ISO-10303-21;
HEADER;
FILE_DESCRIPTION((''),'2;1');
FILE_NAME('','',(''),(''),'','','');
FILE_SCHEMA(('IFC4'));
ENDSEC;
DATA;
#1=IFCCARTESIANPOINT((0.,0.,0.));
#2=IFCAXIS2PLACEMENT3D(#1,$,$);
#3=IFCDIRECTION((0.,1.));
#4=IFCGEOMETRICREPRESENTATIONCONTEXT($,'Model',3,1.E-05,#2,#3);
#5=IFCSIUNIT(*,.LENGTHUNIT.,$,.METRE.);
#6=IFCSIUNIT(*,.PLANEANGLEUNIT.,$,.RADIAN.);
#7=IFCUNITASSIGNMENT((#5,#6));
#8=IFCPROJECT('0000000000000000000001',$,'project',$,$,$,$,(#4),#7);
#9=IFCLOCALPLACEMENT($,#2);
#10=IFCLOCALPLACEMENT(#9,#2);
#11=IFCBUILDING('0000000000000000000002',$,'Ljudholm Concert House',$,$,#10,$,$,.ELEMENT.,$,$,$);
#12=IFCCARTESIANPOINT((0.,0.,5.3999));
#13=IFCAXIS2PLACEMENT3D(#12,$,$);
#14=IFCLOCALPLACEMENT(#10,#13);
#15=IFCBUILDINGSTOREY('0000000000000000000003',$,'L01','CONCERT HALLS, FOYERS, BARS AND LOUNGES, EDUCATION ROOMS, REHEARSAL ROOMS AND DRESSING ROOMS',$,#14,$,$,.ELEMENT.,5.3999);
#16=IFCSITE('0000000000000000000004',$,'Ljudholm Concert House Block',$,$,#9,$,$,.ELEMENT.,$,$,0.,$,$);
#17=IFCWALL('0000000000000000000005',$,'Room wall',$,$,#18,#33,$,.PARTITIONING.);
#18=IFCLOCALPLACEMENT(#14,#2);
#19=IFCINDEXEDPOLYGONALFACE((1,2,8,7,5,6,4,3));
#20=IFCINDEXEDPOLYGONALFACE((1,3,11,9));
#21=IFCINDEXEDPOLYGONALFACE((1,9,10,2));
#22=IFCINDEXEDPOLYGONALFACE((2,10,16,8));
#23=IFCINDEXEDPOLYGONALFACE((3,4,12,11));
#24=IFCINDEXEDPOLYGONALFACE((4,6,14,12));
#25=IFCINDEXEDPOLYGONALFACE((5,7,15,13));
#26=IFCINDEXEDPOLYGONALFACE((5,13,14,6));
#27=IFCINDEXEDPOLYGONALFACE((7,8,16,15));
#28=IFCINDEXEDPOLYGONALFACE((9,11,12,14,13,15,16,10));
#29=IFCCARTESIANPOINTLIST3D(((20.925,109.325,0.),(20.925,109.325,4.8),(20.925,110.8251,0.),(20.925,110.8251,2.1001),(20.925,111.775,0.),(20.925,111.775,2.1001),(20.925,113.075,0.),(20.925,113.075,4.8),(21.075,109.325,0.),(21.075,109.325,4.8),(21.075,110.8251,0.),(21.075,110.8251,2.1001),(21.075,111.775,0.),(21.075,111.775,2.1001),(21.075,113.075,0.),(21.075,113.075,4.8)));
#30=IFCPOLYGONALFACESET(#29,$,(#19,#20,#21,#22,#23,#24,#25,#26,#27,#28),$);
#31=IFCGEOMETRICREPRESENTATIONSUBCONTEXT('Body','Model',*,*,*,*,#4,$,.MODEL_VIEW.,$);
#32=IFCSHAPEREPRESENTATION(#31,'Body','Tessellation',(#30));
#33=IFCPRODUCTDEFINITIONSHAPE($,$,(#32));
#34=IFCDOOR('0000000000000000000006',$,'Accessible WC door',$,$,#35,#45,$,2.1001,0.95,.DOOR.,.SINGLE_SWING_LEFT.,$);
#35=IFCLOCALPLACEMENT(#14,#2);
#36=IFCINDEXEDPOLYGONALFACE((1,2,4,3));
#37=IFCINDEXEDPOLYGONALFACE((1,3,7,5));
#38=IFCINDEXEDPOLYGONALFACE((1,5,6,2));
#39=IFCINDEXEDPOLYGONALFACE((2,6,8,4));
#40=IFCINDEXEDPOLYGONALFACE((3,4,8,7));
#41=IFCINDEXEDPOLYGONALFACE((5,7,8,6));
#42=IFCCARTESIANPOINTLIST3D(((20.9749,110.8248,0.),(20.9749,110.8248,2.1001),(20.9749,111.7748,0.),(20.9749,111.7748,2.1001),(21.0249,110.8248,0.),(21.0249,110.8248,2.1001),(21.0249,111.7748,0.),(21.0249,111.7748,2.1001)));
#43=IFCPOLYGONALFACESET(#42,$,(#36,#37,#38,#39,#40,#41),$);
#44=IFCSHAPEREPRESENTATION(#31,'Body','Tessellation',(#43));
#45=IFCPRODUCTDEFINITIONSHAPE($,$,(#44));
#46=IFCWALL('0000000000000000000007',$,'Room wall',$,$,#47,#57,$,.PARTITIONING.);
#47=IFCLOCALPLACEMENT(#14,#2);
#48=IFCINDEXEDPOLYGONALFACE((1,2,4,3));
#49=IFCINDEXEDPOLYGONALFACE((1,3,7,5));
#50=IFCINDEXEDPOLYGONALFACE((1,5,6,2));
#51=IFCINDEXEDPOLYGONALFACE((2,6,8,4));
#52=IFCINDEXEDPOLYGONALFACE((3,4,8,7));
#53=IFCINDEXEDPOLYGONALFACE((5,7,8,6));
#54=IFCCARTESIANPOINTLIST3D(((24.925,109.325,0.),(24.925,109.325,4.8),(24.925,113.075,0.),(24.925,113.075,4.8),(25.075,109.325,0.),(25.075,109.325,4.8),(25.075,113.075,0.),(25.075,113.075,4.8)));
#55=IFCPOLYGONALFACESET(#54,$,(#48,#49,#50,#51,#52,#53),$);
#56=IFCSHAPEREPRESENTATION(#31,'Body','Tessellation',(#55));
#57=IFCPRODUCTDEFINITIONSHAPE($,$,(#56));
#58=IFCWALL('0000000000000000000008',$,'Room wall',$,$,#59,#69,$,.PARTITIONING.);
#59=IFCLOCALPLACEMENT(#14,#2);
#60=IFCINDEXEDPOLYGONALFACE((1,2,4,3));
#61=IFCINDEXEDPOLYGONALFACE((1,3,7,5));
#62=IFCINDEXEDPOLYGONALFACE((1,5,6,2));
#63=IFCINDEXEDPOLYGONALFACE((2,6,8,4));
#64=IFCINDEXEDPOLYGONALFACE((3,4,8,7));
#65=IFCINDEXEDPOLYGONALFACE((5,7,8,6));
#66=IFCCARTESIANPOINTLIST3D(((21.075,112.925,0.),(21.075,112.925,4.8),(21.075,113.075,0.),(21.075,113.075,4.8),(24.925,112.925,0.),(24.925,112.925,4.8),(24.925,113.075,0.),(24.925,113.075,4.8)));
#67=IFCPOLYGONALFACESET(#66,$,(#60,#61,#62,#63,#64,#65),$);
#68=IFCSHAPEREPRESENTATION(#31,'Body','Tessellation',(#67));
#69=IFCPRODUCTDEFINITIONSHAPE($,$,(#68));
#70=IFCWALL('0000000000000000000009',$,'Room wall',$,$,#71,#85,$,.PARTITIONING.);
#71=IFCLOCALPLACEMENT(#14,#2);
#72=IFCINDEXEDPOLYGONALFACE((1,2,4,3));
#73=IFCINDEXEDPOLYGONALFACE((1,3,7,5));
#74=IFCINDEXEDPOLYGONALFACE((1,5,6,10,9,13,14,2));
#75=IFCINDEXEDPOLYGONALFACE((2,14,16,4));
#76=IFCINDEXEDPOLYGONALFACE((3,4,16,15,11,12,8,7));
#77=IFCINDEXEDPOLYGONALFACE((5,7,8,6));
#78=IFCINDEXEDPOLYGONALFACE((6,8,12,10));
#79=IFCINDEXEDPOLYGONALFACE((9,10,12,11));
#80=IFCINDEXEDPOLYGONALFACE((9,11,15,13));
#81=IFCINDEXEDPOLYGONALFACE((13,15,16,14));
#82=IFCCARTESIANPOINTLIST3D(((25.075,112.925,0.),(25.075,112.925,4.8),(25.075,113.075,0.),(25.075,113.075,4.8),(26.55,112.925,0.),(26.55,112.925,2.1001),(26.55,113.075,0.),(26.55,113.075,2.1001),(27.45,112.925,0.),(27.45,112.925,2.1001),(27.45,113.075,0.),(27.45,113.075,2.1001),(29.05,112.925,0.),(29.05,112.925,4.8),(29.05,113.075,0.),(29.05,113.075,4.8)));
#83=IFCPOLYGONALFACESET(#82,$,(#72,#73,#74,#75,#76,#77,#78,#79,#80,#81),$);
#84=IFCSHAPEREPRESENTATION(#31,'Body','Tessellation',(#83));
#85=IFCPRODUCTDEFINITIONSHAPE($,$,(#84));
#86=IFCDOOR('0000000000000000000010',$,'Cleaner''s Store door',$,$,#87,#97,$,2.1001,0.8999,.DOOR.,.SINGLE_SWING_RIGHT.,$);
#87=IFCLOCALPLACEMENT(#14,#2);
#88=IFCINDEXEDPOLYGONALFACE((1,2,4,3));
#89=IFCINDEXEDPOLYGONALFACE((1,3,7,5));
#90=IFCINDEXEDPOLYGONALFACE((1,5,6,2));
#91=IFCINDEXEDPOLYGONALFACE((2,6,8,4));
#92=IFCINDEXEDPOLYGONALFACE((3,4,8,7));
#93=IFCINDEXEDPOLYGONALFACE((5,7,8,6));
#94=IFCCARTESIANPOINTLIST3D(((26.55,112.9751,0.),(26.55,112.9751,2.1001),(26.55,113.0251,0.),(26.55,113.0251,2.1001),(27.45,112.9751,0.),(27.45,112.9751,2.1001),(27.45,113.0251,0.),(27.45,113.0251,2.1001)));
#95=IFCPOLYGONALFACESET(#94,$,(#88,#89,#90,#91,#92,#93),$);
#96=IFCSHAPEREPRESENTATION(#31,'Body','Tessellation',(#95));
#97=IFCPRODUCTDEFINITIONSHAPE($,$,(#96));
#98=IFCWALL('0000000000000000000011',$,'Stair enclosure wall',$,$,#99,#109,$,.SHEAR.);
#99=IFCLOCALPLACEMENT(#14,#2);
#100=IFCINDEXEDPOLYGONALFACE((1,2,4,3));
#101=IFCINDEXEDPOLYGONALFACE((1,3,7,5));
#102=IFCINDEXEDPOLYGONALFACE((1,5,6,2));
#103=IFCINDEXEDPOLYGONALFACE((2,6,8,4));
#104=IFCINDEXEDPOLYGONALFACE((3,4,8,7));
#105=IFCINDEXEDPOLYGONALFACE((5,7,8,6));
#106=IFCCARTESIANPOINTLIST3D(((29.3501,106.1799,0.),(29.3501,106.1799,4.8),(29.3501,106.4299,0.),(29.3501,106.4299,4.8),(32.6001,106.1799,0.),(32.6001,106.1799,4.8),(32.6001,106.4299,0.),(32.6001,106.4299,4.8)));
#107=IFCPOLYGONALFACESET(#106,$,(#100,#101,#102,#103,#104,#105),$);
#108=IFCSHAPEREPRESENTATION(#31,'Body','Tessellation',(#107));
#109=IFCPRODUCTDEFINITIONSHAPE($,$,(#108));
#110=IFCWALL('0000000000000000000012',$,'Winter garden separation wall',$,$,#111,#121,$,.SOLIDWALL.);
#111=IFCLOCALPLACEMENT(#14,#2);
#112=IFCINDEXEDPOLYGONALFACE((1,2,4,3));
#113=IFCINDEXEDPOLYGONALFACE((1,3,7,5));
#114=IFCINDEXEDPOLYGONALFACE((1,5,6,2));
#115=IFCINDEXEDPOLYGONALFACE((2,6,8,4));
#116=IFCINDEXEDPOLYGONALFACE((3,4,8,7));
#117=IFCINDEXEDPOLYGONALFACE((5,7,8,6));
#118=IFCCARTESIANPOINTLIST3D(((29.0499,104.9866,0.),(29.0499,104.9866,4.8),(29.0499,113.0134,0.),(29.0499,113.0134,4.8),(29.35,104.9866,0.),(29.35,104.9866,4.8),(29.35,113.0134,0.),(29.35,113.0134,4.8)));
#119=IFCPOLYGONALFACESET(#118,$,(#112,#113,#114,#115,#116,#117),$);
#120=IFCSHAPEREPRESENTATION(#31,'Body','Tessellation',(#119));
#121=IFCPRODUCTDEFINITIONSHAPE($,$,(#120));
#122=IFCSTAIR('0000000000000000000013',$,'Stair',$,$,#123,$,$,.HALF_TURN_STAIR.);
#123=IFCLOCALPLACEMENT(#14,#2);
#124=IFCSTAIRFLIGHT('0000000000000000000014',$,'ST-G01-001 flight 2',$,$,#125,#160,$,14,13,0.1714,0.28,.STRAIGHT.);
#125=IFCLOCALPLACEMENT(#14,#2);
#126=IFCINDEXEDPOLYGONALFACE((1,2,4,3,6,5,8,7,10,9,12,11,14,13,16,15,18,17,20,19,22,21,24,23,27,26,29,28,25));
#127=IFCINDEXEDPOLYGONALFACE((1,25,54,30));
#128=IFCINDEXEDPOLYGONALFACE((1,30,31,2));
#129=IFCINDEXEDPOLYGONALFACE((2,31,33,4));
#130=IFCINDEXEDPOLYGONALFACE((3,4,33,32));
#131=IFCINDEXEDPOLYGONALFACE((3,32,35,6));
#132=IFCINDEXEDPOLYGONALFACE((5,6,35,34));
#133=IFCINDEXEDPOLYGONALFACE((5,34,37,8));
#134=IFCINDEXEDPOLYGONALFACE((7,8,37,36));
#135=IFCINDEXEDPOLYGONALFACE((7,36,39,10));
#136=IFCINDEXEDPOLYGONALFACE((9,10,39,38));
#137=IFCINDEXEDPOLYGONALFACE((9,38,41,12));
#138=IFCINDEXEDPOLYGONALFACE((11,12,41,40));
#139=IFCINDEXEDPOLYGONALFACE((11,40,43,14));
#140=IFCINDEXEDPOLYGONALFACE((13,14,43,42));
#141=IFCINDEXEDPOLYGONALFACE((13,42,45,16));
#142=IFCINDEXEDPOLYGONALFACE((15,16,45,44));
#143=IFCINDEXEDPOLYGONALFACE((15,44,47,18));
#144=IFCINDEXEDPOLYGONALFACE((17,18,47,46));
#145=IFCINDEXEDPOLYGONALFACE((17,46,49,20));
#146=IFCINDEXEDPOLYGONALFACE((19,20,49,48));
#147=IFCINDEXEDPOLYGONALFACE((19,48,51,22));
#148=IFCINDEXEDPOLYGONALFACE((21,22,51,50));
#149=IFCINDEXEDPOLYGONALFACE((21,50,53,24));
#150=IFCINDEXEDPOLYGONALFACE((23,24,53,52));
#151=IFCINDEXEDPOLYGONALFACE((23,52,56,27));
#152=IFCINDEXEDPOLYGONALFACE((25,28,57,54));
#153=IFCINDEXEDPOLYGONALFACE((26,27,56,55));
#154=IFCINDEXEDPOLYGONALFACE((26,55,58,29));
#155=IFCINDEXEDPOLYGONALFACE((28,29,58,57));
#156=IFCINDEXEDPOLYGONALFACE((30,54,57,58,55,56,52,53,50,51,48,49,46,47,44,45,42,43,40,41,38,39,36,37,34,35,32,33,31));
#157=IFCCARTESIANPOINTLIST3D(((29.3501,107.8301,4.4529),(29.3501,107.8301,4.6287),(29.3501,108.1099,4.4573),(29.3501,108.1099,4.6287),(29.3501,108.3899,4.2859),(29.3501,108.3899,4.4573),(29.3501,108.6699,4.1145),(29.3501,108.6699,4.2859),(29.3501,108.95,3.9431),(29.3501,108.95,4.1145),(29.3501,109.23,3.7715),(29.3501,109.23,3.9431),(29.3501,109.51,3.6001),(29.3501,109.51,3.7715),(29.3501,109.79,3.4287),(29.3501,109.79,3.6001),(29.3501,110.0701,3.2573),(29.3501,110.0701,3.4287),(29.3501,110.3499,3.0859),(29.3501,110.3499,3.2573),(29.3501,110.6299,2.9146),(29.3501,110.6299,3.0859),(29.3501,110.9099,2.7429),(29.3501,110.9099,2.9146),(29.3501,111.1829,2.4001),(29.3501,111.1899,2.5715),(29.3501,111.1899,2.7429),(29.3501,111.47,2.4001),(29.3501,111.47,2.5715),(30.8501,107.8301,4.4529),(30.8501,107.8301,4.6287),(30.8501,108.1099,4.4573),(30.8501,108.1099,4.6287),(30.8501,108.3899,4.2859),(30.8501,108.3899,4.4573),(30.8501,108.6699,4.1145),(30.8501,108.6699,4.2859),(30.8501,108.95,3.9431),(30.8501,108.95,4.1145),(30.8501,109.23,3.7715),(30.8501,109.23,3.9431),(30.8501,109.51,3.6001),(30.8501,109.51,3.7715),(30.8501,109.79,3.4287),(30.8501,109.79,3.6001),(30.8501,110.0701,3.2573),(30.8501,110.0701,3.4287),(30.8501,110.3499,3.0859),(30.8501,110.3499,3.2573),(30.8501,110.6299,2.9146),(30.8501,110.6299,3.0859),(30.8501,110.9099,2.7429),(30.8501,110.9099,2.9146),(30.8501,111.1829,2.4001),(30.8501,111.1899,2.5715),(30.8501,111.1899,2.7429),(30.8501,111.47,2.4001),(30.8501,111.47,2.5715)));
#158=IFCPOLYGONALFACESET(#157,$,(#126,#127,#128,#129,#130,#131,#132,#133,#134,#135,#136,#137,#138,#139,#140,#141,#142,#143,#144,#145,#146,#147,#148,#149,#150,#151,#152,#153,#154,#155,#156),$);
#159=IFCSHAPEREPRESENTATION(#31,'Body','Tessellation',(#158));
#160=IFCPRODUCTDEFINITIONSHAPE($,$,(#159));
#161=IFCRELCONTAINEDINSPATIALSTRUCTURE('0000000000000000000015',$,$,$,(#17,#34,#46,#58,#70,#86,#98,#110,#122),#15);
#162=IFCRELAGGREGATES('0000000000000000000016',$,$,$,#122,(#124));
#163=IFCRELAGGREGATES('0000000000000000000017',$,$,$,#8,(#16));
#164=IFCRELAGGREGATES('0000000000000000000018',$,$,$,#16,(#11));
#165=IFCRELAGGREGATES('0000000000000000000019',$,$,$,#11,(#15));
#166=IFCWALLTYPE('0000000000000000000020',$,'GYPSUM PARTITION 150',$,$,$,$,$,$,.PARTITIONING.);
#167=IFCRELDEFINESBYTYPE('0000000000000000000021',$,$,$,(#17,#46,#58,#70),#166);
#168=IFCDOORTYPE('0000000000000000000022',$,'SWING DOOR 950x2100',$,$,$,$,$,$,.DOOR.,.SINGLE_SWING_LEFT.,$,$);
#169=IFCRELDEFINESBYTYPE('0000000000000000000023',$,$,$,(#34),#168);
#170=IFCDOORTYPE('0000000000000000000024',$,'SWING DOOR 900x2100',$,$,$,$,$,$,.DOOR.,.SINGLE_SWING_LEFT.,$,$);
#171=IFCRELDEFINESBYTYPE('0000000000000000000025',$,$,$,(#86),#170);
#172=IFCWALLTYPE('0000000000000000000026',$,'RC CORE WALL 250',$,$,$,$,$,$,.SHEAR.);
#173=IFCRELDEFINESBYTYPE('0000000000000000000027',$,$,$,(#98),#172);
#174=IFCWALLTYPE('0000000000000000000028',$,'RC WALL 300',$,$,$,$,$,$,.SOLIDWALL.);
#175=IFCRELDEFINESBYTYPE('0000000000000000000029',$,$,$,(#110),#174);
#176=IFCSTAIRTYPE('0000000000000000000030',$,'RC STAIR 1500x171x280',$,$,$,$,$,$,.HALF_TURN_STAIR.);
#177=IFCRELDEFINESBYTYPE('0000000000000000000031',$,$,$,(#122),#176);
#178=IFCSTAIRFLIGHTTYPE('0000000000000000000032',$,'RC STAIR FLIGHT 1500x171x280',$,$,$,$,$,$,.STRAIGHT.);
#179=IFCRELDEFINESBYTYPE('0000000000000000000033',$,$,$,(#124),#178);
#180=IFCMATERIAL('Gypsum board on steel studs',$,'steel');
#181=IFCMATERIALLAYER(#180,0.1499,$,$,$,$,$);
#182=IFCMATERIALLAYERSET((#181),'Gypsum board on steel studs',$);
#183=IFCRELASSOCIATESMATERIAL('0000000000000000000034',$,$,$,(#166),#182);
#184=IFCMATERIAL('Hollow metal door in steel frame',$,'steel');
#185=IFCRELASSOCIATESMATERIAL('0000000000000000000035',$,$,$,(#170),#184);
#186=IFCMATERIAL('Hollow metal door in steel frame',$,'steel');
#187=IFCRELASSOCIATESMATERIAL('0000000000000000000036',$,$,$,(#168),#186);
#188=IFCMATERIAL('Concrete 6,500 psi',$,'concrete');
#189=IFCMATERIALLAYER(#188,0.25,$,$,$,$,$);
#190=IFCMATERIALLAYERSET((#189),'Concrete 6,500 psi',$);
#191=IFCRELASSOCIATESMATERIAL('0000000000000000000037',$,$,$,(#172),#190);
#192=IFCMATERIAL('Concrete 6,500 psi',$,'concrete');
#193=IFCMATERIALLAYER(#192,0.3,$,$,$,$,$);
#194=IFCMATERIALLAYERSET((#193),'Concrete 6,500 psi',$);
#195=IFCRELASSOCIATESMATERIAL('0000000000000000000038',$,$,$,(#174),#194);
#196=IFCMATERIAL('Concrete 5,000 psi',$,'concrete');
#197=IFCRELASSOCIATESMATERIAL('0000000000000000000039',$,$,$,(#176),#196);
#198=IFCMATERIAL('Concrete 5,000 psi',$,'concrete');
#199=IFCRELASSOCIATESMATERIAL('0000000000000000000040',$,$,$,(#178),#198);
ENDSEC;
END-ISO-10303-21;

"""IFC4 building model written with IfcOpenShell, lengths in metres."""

from ifc_helpers import new_model, si_unit, direction, frame, frame_2d, origin, place, context, subcontext, project, spatial, polyline, rectangle, outline, extrude, material, layer, layer_set, type_object, element, fill, aggregate, save


model = new_model("IFC4")

# Units and contexts
model_context = context("Model", 3, precision=1e-05, world=origin(), true_north=direction((0.0, 1.0)))
body_context = subcontext(model_context, "Body", "Model", "MODEL_VIEW")
ifc_project = project(units=[si_unit("LENGTHUNIT", "METRE"), si_unit("PLANEANGLEUNIT", "RADIAN")], contexts=[model_context])

# Site, building, storey
site_placement = place(None, origin())
site = spatial("IfcSite", under=ifc_project, at=site_placement, Name="Ljudholm Concert House Block", CompositionType="ELEMENT", RefElevation=0.0)
building_placement = place(site_placement, origin())
building = spatial("IfcBuilding", under=site, at=building_placement, Name="Ljudholm Concert House", CompositionType="ELEMENT")
storey_placement = place(building_placement, frame((0.0, 0.0, 5.3999)))
storey = spatial("IfcBuildingStorey", under=building, at=storey_placement, Name="L01", Description="CONCERT HALLS, FOYERS, BARS AND LOUNGES, EDUCATION ROOMS, REHEARSAL ROOMS AND DRESSING ROOMS", CompositionType="ELEMENT", Elevation=5.3999)

# Shared definitions
ifc_material_1 = material(Name="Gypsum board on steel studs", Category="steel")
ifc_layer_1 = layer(ifc_material_1, 0.1499)
ifc_layer_set_1 = layer_set([ifc_layer_1], Name="Gypsum board on steel studs")
wall_type_1 = type_object("IfcWallType", Name="GYPSUM PARTITION 150", PredefinedType="PARTITIONING", material=ifc_layer_set_1)
ifc_material_2 = material(Name="Hollow metal door in steel frame", Category="steel")
door_type_1 = type_object("IfcDoorType", Name="SWING DOOR 900x2100", OperationType="SINGLE_SWING_LEFT", PredefinedType="DOOR", material=ifc_material_2)

# Wall, opening, door
wall_1_placement = place(storey_placement, frame((21.0, 109.325, 0.0), z_axis=(0.0, 0.0, 1.0), x_axis=(0.0, 1.0, 0.0)))
wall_1 = element("IfcWall", 1, at=wall_1_placement, inside=storey, type_object=wall_type_1, Name="Room wall", PredefinedType="PARTITIONING", context=body_context, shape_type="SweptSolid", body=[
    extrude(rectangle(XDim=3.75, YDim=0.1499, at=frame_2d((1.875, 0.0))), origin(), (0.0, 0.0, 1.0), 4.8),
])
opening_1_placement = place(wall_1_placement, frame((1.5, 0.0, 0.0)))
opening_1 = element("IfcOpeningElement", 2, at=opening_1_placement, cuts=wall_1, PredefinedType="OPENING", context=body_context, shape_type="SweptSolid", body=[
    extrude(rectangle(XDim=0.95, YDim=2.1001, at=frame_2d((0.4751, 1.05))), frame((0.0, 0.085, 0.0), z_axis=(0.0, -1.0, 0.0), x_axis=(1.0, 0.0, 0.0)), (0.0, 0.0, 1.0), 0.1699),
])
ifc_material_3 = material(Name="Hollow metal door in steel frame", Category="steel")
door_type_2 = type_object("IfcDoorType", Name="SWING DOOR 950x2100", OperationType="SINGLE_SWING_LEFT", PredefinedType="DOOR", material=ifc_material_3)
door_1_placement = place(opening_1_placement, frame((0.95, 0.0, 0.0), z_axis=(0.0, 0.0, 1.0), x_axis=(-1.0, 0.0, 0.0)))
door_1 = element("IfcDoor", 3, at=door_1_placement, inside=storey, type_object=door_type_2, Name="Accessible WC door", OperationType="SINGLE_SWING_LEFT", OverallHeight=2.1001, OverallWidth=0.95, PredefinedType="DOOR", context=body_context, shape_type="SweptSolid", body=[
    extrude(rectangle(XDim=0.95, YDim=2.1001, at=frame_2d((0.4751, 1.05))), frame((0.0, 0.0249, 0.0), z_axis=(0.0, -1.0, 0.0), x_axis=(1.0, 0.0, 0.0)), (0.0, 0.0, 1.0), 0.05),
])
fill(opening_1, door_1)

# Walls
wall_2_placement = place(storey_placement, frame((25.0, 109.325, 0.0), z_axis=(0.0, 0.0, 1.0), x_axis=(0.0, 1.0, 0.0)))
element("IfcWall", 4, at=wall_2_placement, inside=storey, type_object=wall_type_1, Name="Room wall", PredefinedType="PARTITIONING", context=body_context, shape_type="SweptSolid", body=[
    extrude(rectangle(XDim=3.75, YDim=0.1499, at=frame_2d((1.875, 0.0))), origin(), (0.0, 0.0, 1.0), 4.8),
])
wall_3_placement = place(storey_placement, frame((21.075, 113.0, 0.0), z_axis=(0.0, 0.0, 1.0), x_axis=(1.0, 0.0, 0.0)))
element("IfcWall", 5, at=wall_3_placement, inside=storey, type_object=wall_type_1, Name="Room wall", PredefinedType="PARTITIONING", context=body_context, shape_type="SweptSolid", body=[
    extrude(rectangle(XDim=3.8501, YDim=0.1499, at=frame_2d((1.925, 0.0))), origin(), (0.0, 0.0, 1.0), 4.8),
])

# Wall, opening, door
wall_4_placement = place(storey_placement, frame((25.075, 113.0, 0.0), z_axis=(0.0, 0.0, 1.0), x_axis=(1.0, 0.0, 0.0)))
wall_4 = element("IfcWall", 6, at=wall_4_placement, inside=storey, type_object=wall_type_1, Name="Room wall", PredefinedType="PARTITIONING", context=body_context, shape_type="SweptSolid", body=[
    extrude(rectangle(XDim=3.9751, YDim=0.1499, at=frame_2d((1.9875, 0.0))), origin(), (0.0, 0.0, 1.0), 4.8),
])
opening_2_placement = place(wall_4_placement, frame((1.4751, 0.0, 0.0)))
opening_2 = element("IfcOpeningElement", 7, at=opening_2_placement, cuts=wall_4, PredefinedType="OPENING", context=body_context, shape_type="SweptSolid", body=[
    extrude(rectangle(XDim=0.8999, YDim=2.1001, at=frame_2d((0.45, 1.05))), frame((0.0, 0.085, 0.0), z_axis=(0.0, -1.0, 0.0), x_axis=(1.0, 0.0, 0.0)), (0.0, 0.0, 1.0), 0.1699),
])
door_2_placement = place(opening_2_placement, frame((0.8999, 0.0, 0.0), z_axis=(0.0, 0.0, 1.0), x_axis=(-1.0, 0.0, 0.0)))
door_2 = element("IfcDoor", 8, at=door_2_placement, inside=storey, type_object=door_type_1, Name="Cleaner's Store door", OperationType="SINGLE_SWING_RIGHT", OverallHeight=2.1001, OverallWidth=0.8999, PredefinedType="DOOR", context=body_context, shape_type="SweptSolid", body=[
    extrude(rectangle(XDim=0.8999, YDim=2.1001, at=frame_2d((0.45, 1.05))), frame((0.0, 0.0249, 0.0), z_axis=(0.0, -1.0, 0.0), x_axis=(1.0, 0.0, 0.0)), (0.0, 0.0, 1.0), 0.05),
])
fill(opening_2, door_2)

# Walls
ifc_material_4 = material(Name="Concrete 6,500 psi", Category="concrete")
ifc_layer_2 = layer(ifc_material_4, 0.25)
ifc_layer_set_2 = layer_set([ifc_layer_2], Name="Concrete 6,500 psi")
wall_type_2 = type_object("IfcWallType", Name="RC CORE WALL 250", PredefinedType="SHEAR", material=ifc_layer_set_2)
wall_5_placement = place(storey_placement, frame((29.3501, 106.3049, 0.0), z_axis=(0.0, 0.0, 1.0), x_axis=(1.0, 0.0, 0.0)))
element("IfcWall", 9, at=wall_5_placement, inside=storey, type_object=wall_type_2, Name="Stair enclosure wall", PredefinedType="SHEAR", context=body_context, shape_type="SweptSolid", body=[
    extrude(rectangle(XDim=3.25, YDim=0.25, at=frame_2d((1.625, 0.0))), origin(), (0.0, 0.0, 1.0), 4.8),
])
ifc_material_5 = material(Name="Concrete 6,500 psi", Category="concrete")
ifc_layer_3 = layer(ifc_material_5, 0.3)
ifc_layer_set_3 = layer_set([ifc_layer_3], Name="Concrete 6,500 psi")
wall_type_3 = type_object("IfcWallType", Name="RC WALL 300", PredefinedType="SOLIDWALL", material=ifc_layer_set_3)
wall_6_placement = place(storey_placement, frame((29.2, 104.9866, 0.0), z_axis=(0.0, 0.0, 1.0), x_axis=(0.0, 1.0, 0.0)))
element("IfcWall", 10, at=wall_6_placement, inside=storey, type_object=wall_type_3, Name="Winter garden separation wall", PredefinedType="SOLIDWALL", context=body_context, shape_type="SweptSolid", body=[
    extrude(rectangle(XDim=8.0269, YDim=0.3, at=frame_2d((4.0134, 0.0))), origin(), (0.0, 0.0, 1.0), 4.8),
])

# Stair, stair flight
ifc_material_6 = material(Name="Concrete 5,000 psi", Category="concrete")
stair_type = type_object("IfcStairType", Name="RC STAIR 1500x171x280", PredefinedType="HALF_TURN_STAIR", material=ifc_material_6)
stair_placement = place(storey_placement, origin())
stair = element("IfcStair", 11, at=stair_placement, inside=storey, type_object=stair_type, Name="Stair", PredefinedType="HALF_TURN_STAIR")
ifc_material_7 = material(Name="Concrete 5,000 psi", Category="concrete")
stair_flight_type = type_object("IfcStairFlightType", Name="RC STAIR FLIGHT 1500x171x280", PredefinedType="STRAIGHT", material=ifc_material_7)
stair_flight_placement = place(storey_placement, frame((30.1001, 111.47, 2.4001), z_axis=(0.0, 0.0, 1.0), x_axis=(0.0, -1.0, 0.0)))
stair_flight = element("IfcStairFlight", 12, at=stair_flight_placement, type_object=stair_flight_type, Name="ST-G01-001 flight 2", NumberOfRisers=14, NumberOfTreads=13, PredefinedType="STRAIGHT", RiserHeight=0.1714, TreadLength=0.28, context=body_context, shape_type="SweptSolid", body=[
    extrude(outline(polyline([(0.0, 0.0), (0.0, 0.1714), (0.28, 0.1714), (0.28, 0.3428), (0.5601, 0.3428), (0.5601, 0.5144), (0.8401, 0.5144), (0.8401, 0.6858), (1.1201, 0.6858), (1.1201, 0.8572), (1.3999, 0.8572), (1.3999, 1.0286), (1.6799, 1.0286), (1.6799, 1.2), (1.96, 1.2), (1.96, 1.3713), (2.24, 1.3713), (2.24, 1.543), (2.52, 1.543), (2.52, 1.7144), (2.8, 1.7144), (2.8, 1.8857), (3.0801, 1.8857), (3.0801, 2.0571), (3.3601, 2.0571), (3.3601, 2.2285), (3.6399, 2.2285), (3.6399, 2.3999), (3.6399, 2.0527), (0.2871, 0.0), (0.0, 0.0)])), frame((0.0, 0.75, 0.0), z_axis=(0.0, -1.0, 0.0), x_axis=(1.0, 0.0, 0.0)), (0.0, 0.0, 1.0), 1.5),
])
aggregate(stair, [stair_flight])

save(model, "model.ifc")
